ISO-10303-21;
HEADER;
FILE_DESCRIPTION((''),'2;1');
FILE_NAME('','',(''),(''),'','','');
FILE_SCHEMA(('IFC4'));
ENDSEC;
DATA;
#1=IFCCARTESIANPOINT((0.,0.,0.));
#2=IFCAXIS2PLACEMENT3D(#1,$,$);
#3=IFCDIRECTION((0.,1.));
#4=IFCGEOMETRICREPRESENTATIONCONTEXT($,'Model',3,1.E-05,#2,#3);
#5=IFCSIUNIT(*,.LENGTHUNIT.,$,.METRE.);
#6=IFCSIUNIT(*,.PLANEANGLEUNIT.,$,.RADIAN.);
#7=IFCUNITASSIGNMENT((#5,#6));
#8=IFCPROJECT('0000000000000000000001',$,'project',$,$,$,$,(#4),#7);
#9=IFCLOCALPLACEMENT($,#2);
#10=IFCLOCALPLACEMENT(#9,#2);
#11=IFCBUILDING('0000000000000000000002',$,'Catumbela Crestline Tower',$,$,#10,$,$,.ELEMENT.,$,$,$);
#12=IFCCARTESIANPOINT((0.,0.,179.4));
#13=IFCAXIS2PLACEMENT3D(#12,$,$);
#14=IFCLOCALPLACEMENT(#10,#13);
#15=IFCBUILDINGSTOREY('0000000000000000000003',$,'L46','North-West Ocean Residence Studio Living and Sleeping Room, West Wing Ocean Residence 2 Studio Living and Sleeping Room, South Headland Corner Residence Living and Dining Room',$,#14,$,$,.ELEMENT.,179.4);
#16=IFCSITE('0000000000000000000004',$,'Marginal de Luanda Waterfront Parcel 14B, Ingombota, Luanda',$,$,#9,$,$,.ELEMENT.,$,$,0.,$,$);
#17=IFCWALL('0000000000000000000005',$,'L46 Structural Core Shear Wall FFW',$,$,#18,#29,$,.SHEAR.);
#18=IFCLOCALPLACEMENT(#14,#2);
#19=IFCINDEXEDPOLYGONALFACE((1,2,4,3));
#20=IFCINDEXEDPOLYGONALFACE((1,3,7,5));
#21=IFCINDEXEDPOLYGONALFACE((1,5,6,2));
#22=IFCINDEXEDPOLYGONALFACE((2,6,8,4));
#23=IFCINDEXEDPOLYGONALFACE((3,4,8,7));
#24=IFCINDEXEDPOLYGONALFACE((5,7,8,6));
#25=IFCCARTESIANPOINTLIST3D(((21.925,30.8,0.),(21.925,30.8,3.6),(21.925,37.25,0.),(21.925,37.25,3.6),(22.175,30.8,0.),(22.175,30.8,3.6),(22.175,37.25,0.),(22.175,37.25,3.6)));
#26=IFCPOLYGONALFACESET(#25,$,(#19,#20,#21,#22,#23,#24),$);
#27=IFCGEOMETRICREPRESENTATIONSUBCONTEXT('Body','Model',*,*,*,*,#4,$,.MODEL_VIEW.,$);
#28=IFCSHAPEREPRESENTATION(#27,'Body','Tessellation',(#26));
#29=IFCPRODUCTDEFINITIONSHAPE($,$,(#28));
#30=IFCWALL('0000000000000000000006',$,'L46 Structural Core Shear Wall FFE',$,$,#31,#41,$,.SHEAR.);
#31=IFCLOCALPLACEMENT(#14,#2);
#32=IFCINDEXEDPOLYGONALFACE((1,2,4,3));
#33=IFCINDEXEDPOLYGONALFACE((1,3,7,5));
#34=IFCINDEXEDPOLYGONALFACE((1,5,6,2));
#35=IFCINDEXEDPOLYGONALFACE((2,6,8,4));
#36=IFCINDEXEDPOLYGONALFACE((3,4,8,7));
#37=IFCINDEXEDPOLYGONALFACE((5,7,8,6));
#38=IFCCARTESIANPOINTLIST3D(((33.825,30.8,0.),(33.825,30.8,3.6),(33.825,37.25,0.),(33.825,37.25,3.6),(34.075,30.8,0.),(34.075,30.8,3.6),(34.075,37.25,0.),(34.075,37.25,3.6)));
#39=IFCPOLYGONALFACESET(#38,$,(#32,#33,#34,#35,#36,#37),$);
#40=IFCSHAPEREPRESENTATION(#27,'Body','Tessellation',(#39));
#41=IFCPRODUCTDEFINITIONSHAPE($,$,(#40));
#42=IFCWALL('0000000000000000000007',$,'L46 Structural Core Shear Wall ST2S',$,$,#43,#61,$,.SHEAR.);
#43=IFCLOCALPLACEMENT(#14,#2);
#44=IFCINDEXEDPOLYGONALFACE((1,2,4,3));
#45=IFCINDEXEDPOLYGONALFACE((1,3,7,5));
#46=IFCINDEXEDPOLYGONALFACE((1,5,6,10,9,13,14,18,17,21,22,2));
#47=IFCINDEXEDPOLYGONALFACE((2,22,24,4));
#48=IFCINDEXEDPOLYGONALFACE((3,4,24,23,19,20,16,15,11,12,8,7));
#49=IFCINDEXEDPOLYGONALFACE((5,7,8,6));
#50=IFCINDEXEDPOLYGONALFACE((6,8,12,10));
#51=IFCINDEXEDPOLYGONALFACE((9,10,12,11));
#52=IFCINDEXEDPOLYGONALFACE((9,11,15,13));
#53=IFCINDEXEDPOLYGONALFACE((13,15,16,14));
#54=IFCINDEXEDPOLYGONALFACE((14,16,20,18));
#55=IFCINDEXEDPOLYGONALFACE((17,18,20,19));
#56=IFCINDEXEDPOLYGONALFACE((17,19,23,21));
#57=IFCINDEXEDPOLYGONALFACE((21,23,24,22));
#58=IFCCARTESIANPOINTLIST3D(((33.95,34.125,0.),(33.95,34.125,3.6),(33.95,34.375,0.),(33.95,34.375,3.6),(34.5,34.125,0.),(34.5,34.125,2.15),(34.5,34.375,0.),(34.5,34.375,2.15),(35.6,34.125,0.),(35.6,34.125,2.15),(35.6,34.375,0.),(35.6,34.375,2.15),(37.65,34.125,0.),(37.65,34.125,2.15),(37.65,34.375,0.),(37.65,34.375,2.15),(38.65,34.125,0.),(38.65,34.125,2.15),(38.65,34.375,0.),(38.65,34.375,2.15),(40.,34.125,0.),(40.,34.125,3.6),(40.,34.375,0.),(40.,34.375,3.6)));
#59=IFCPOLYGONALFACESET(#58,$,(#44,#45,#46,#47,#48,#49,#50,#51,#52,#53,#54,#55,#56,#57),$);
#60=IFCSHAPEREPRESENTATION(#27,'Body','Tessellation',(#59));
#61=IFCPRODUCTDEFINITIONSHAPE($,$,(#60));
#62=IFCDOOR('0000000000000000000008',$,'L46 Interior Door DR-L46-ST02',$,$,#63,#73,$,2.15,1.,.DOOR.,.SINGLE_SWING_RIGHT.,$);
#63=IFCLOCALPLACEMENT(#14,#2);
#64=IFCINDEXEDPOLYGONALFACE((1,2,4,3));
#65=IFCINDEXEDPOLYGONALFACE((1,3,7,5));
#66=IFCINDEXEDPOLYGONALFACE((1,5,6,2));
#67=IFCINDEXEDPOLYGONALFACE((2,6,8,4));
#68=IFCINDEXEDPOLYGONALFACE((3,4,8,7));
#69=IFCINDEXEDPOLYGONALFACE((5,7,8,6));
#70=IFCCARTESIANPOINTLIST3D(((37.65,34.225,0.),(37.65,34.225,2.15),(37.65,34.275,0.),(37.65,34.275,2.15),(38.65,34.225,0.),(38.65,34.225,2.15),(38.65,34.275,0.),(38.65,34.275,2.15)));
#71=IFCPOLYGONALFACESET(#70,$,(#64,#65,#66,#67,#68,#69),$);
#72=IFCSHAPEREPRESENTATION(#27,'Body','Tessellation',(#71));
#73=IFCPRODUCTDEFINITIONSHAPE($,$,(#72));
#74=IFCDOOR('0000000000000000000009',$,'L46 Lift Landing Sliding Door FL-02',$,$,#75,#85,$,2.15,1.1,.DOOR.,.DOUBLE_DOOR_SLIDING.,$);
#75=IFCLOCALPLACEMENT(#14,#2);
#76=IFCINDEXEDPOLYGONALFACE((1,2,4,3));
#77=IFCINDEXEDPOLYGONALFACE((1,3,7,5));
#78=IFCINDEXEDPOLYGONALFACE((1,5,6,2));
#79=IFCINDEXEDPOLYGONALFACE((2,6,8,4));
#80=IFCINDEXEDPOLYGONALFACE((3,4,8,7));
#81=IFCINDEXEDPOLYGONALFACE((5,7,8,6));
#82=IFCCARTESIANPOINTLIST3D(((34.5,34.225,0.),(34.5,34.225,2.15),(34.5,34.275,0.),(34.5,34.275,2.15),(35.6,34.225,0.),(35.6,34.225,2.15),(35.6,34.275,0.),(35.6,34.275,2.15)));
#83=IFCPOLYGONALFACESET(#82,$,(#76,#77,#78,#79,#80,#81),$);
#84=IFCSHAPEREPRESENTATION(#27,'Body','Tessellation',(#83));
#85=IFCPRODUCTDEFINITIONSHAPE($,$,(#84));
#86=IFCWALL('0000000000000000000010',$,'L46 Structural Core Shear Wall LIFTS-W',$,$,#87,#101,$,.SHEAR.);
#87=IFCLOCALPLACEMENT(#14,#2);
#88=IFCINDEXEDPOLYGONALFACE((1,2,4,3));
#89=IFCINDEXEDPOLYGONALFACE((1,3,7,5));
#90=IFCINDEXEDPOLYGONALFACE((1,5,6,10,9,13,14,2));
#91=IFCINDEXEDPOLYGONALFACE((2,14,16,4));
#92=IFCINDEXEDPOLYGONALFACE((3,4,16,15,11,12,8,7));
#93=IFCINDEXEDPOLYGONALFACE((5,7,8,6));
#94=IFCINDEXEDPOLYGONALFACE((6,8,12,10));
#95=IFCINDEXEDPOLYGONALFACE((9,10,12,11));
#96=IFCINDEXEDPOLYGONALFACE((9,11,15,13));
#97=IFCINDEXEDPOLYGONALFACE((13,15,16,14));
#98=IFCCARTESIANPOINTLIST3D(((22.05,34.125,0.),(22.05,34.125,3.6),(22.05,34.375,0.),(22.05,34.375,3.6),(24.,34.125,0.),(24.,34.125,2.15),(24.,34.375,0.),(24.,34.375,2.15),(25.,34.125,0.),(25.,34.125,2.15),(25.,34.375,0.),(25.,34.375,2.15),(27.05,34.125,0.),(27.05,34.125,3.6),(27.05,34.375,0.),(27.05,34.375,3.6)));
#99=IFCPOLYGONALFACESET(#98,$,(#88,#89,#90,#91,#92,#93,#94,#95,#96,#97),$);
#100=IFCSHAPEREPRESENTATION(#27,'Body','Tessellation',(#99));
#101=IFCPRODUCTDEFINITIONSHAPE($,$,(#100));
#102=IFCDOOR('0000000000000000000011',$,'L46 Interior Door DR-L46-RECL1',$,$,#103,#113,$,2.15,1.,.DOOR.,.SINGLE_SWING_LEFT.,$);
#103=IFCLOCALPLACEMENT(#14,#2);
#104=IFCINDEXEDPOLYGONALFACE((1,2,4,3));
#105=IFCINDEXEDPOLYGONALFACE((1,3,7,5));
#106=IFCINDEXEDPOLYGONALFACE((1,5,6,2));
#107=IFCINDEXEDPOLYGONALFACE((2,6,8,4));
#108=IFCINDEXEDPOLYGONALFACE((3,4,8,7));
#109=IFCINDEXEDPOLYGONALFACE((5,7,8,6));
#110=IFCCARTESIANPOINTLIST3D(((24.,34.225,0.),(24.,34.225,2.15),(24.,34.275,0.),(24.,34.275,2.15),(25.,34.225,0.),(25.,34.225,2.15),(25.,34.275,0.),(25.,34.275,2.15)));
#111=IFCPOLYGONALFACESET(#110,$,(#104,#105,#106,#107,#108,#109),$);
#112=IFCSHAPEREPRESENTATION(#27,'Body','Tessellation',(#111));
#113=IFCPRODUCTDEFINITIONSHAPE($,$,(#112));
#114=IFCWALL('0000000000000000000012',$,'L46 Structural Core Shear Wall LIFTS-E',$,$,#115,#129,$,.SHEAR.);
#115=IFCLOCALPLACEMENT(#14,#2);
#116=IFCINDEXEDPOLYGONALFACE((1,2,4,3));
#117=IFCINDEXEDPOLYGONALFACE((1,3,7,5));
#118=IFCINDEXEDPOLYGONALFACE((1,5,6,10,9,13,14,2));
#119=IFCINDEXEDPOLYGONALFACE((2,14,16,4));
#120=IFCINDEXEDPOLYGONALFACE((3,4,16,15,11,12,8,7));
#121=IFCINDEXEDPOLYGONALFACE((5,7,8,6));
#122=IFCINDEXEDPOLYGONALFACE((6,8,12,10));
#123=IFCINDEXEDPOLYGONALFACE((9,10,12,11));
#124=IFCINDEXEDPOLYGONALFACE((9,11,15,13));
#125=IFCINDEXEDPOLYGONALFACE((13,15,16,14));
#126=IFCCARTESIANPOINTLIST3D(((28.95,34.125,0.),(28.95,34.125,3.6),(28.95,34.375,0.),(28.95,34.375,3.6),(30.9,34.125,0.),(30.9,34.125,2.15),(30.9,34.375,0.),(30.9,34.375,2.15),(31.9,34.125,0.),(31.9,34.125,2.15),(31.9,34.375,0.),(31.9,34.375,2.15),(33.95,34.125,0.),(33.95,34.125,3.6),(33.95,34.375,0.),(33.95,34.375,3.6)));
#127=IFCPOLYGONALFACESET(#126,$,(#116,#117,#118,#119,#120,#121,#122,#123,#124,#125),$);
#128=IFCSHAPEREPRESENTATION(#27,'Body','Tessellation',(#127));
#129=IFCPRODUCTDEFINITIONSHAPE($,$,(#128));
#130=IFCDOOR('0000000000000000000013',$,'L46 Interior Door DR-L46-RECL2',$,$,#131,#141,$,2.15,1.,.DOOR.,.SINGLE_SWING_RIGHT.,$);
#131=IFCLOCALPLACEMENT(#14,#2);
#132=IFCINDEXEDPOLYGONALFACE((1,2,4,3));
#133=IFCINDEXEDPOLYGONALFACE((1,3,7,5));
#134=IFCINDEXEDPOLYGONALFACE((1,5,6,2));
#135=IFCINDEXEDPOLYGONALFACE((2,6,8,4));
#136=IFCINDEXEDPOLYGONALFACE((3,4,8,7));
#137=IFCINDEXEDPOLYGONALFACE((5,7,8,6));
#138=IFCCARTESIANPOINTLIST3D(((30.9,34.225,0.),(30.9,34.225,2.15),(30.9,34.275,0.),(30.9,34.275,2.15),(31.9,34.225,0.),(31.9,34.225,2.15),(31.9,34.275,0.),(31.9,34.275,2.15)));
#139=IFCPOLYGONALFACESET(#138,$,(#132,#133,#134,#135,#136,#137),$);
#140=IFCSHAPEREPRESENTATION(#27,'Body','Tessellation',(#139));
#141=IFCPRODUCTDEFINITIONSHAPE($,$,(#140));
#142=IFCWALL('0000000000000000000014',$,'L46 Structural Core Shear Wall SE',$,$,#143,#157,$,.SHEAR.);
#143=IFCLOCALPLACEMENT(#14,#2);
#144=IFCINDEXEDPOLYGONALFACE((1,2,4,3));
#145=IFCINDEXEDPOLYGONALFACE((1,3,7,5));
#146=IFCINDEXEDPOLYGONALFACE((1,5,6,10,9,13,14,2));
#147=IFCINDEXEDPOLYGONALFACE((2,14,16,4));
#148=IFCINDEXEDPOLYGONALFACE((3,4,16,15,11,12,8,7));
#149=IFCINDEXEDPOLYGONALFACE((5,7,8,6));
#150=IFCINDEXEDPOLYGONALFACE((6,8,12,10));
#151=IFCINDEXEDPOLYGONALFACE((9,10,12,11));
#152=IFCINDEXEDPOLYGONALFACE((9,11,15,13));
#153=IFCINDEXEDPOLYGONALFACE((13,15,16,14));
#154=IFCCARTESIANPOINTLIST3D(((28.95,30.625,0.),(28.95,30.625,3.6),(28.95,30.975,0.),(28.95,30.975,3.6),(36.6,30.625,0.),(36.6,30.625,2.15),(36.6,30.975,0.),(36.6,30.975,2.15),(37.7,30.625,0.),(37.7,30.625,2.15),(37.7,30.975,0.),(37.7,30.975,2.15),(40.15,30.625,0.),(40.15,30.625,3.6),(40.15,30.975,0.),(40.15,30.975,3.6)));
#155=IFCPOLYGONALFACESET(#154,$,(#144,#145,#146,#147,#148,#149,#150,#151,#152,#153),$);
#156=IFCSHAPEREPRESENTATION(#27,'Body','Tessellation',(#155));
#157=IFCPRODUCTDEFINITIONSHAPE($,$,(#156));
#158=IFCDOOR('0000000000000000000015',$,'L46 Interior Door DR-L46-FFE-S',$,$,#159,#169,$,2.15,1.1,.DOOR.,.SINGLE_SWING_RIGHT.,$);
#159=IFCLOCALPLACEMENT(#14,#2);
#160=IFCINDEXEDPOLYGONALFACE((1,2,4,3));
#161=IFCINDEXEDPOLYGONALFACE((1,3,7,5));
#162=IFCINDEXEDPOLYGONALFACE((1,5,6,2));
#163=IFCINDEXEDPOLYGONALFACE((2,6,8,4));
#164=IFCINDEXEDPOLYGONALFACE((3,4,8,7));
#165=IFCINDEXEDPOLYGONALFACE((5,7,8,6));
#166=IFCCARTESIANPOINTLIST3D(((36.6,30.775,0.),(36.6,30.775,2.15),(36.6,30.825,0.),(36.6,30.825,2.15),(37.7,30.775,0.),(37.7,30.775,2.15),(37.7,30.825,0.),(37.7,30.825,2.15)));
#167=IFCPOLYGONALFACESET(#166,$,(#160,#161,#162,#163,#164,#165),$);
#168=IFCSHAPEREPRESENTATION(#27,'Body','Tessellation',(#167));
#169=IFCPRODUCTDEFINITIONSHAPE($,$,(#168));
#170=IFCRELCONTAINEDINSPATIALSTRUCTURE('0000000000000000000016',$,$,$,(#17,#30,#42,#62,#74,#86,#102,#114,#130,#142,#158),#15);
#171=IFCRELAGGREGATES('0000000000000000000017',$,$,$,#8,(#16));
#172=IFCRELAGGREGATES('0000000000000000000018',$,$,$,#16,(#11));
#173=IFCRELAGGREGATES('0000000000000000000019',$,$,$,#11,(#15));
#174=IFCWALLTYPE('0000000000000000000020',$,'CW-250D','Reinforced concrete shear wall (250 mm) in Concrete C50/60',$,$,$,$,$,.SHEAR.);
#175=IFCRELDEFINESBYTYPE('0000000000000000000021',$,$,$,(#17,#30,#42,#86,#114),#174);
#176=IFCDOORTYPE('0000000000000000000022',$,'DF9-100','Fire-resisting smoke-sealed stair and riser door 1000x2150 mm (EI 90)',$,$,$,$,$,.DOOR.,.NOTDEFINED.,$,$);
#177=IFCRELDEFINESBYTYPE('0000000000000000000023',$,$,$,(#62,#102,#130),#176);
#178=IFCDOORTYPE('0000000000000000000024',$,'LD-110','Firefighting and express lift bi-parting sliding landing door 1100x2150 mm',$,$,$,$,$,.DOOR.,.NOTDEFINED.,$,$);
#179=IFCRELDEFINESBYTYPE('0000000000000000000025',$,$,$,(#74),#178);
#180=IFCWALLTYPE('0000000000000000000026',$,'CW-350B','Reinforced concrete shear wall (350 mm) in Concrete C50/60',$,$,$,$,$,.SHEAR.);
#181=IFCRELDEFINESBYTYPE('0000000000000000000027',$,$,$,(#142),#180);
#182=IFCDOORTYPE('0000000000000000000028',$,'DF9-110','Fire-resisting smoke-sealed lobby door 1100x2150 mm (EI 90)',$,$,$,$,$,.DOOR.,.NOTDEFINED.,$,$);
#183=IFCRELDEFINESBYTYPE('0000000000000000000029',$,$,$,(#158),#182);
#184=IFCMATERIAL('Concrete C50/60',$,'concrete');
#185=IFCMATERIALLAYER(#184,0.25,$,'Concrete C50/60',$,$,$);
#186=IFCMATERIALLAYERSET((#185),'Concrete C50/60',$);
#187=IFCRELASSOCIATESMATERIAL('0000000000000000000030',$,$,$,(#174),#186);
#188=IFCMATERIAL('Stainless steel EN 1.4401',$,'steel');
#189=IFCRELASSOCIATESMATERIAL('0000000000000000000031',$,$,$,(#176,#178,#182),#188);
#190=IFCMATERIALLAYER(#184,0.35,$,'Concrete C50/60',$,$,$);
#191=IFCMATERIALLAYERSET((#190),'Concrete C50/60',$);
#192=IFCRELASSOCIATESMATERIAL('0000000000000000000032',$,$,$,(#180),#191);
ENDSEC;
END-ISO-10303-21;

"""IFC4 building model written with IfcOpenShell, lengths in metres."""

from ifc_helpers import new_model, si_unit, direction, frame, frame_2d, origin, place, context, subcontext, project, spatial, rectangle, extrude, material, layer, layer_set, type_object, element, fill, save


model = new_model("IFC4")

# Units and contexts
model_context = context("Model", 3, precision=1e-05, world=origin(), true_north=direction((0.0, 1.0)))
body_context = subcontext(model_context, "Body", "Model", "MODEL_VIEW")
ifc_project = project(units=[si_unit("LENGTHUNIT", "METRE"), si_unit("PLANEANGLEUNIT", "RADIAN")], contexts=[model_context])

# Site, building, storey
site_placement = place(None, origin())
site = spatial("IfcSite", under=ifc_project, at=site_placement, Name="Marginal de Luanda Waterfront Parcel 14B, Ingombota, Luanda", CompositionType="ELEMENT", RefElevation=0.0)
building_placement = place(site_placement, origin())
building = spatial("IfcBuilding", under=site, at=building_placement, Name="Catumbela Crestline Tower", CompositionType="ELEMENT")
storey_placement = place(building_placement, frame((0.0, 0.0, 179.4)))
storey = spatial("IfcBuildingStorey", under=building, at=storey_placement, Name="L46", Description="North-West Ocean Residence Studio Living and Sleeping Room, West Wing Ocean Residence 2 Studio Living and Sleeping Room, South Headland Corner Residence Living and Dining Room", CompositionType="ELEMENT", Elevation=179.4)

# Walls
ifc_material_1 = material(Name="Concrete C50/60", Category="concrete")
ifc_layer_1 = layer(ifc_material_1, 0.25, Name="Concrete C50/60")
ifc_layer_set_1 = layer_set([ifc_layer_1], Name="Concrete C50/60")
wall_type_1 = type_object("IfcWallType", Name="CW-250D", Description="Reinforced concrete shear wall (250 mm) in Concrete C50/60", PredefinedType="SHEAR", material=ifc_layer_set_1)
for number, where, z_axis, x_axis, name in (
    (1, (22.05, 30.8, 0.0), (0.0, 0.0, 1.0), (0.0, 1.0, 0.0), "L46 Structural Core Shear Wall FFW"),
    (2, (33.95, 30.8, 0.0), (0.0, 0.0, 1.0), (0.0, 1.0, 0.0), "L46 Structural Core Shear Wall FFE"),
):
    element("IfcWall", number, at=place(storey_placement, frame(where, z_axis=z_axis, x_axis=x_axis)), inside=storey, type_object=wall_type_1, Name=name, PredefinedType="SHEAR", context=body_context, shape_type="SweptSolid", body=[
        extrude(rectangle(XDim=6.45, YDim=0.25, at=frame_2d((3.225, 0.0))), origin(), (0.0, 0.0, 1.0), 3.6),
    ])

# Wall, openings, doors
wall_1_placement = place(storey_placement, frame((33.95, 34.25, 0.0), z_axis=(0.0, 0.0, 1.0), x_axis=(1.0, 0.0, 0.0)))
wall_1 = element("IfcWall", 3, at=wall_1_placement, inside=storey, type_object=wall_type_1, Name="L46 Structural Core Shear Wall ST2S", PredefinedType="SHEAR", context=body_context, shape_type="SweptSolid", body=[
    extrude(rectangle(XDim=6.05, YDim=0.25, at=frame_2d((3.025, 0.0))), origin(), (0.0, 0.0, 1.0), 3.6),
])
opening_1_placement = place(wall_1_placement, frame((3.7, 0.0, 0.0)))
opening_1 = element("IfcOpeningElement", 4, at=opening_1_placement, cuts=wall_1, PredefinedType="OPENING", context=body_context, shape_type="SweptSolid", body=[
    extrude(rectangle(XDim=1.0, YDim=2.15, at=frame_2d((0.5, 1.075))), frame((0.0, 0.135, 0.0), z_axis=(0.0, -1.0, 0.0), x_axis=(1.0, 0.0, 0.0)), (0.0, 0.0, 1.0), 0.27),
])
opening_2_placement = place(wall_1_placement, frame((0.55, 0.0, 0.0)))
opening_2 = element("IfcOpeningElement", 5, at=opening_2_placement, cuts=wall_1, PredefinedType="OPENING", context=body_context, shape_type="SweptSolid", body=[
    extrude(rectangle(XDim=1.1, YDim=2.15, at=frame_2d((0.55, 1.075))), frame((0.0, 0.135, 0.0), z_axis=(0.0, -1.0, 0.0), x_axis=(1.0, 0.0, 0.0)), (0.0, 0.0, 1.0), 0.27),
])
ifc_material_2 = material(Name="Stainless steel EN 1.4401", Category="steel")
door_type_1 = type_object("IfcDoorType", Name="DF9-100", Description="Fire-resisting smoke-sealed stair and riser door 1000x2150 mm (EI 90)", OperationType="NOTDEFINED", PredefinedType="DOOR", material=ifc_material_2)
door_1_placement = place(opening_1_placement, origin())
door_1 = element("IfcDoor", 6, at=door_1_placement, inside=storey, type_object=door_type_1, Name="L46 Interior Door DR-L46-ST02", OperationType="SINGLE_SWING_RIGHT", OverallHeight=2.15, OverallWidth=1.0, PredefinedType="DOOR", context=body_context, shape_type="SweptSolid", body=[
    extrude(rectangle(XDim=1.0, YDim=2.15, at=frame_2d((0.5, 1.075))), frame((0.0, 0.025, 0.0), z_axis=(0.0, -1.0, 0.0), x_axis=(1.0, 0.0, 0.0)), (0.0, 0.0, 1.0), 0.05),
])
fill(opening_1, door_1)
door_type_2 = type_object("IfcDoorType", Name="LD-110", Description="Firefighting and express lift bi-parting sliding landing door 1100x2150 mm", OperationType="NOTDEFINED", PredefinedType="DOOR", material=ifc_material_2)
door_2_placement = place(opening_2_placement, origin())
door_2 = element("IfcDoor", 7, at=door_2_placement, inside=storey, type_object=door_type_2, Name="L46 Lift Landing Sliding Door FL-02", OperationType="DOUBLE_DOOR_SLIDING", OverallHeight=2.15, OverallWidth=1.1, PredefinedType="DOOR", context=body_context, shape_type="SweptSolid", body=[
    extrude(rectangle(XDim=1.1, YDim=2.15, at=frame_2d((0.55, 1.075))), frame((0.0, 0.025, 0.0), z_axis=(0.0, -1.0, 0.0), x_axis=(1.0, 0.0, 0.0)), (0.0, 0.0, 1.0), 0.05),
])
fill(opening_2, door_2)

# Walls, openings, doors
wall_2_placement = place(storey_placement, frame((22.05, 34.25, 0.0), z_axis=(0.0, 0.0, 1.0), x_axis=(1.0, 0.0, 0.0)))
wall_2 = element("IfcWall", 8, at=wall_2_placement, inside=storey, type_object=wall_type_1, Name="L46 Structural Core Shear Wall LIFTS-W", PredefinedType="SHEAR", context=body_context, shape_type="SweptSolid", body=[
    extrude(rectangle(XDim=5.0, YDim=0.25, at=frame_2d((2.5, 0.0))), origin(), (0.0, 0.0, 1.0), 3.6),
])
opening_3_placement = place(wall_2_placement, frame((1.95, 0.0, 0.0)))
opening_3 = element("IfcOpeningElement", 9, at=opening_3_placement, cuts=wall_2, PredefinedType="OPENING", context=body_context, shape_type="SweptSolid", body=[
    extrude(rectangle(XDim=1.0, YDim=2.15, at=frame_2d((0.5, 1.075))), frame((0.0, 0.135, 0.0), z_axis=(0.0, -1.0, 0.0), x_axis=(1.0, 0.0, 0.0)), (0.0, 0.0, 1.0), 0.27),
])
door_3_placement = place(opening_3_placement, origin())
door_3 = element("IfcDoor", 10, at=door_3_placement, inside=storey, type_object=door_type_1, Name="L46 Interior Door DR-L46-RECL1", OperationType="SINGLE_SWING_LEFT", OverallHeight=2.15, OverallWidth=1.0, PredefinedType="DOOR", context=body_context, shape_type="SweptSolid", body=[
    extrude(rectangle(XDim=1.0, YDim=2.15, at=frame_2d((0.5, 1.075))), frame((0.0, 0.025, 0.0), z_axis=(0.0, -1.0, 0.0), x_axis=(1.0, 0.0, 0.0)), (0.0, 0.0, 1.0), 0.05),
])
fill(opening_3, door_3)
wall_3_placement = place(storey_placement, frame((28.95, 34.25, 0.0), z_axis=(0.0, 0.0, 1.0), x_axis=(1.0, 0.0, 0.0)))
wall_3 = element("IfcWall", 11, at=wall_3_placement, inside=storey, type_object=wall_type_1, Name="L46 Structural Core Shear Wall LIFTS-E", PredefinedType="SHEAR", context=body_context, shape_type="SweptSolid", body=[
    extrude(rectangle(XDim=5.0, YDim=0.25, at=frame_2d((2.5, 0.0))), origin(), (0.0, 0.0, 1.0), 3.6),
])
opening_4_placement = place(wall_3_placement, frame((1.95, 0.0, 0.0)))
opening_4 = element("IfcOpeningElement", 12, at=opening_4_placement, cuts=wall_3, PredefinedType="OPENING", context=body_context, shape_type="SweptSolid", body=[
    extrude(rectangle(XDim=1.0, YDim=2.15, at=frame_2d((0.5, 1.075))), frame((0.0, 0.135, 0.0), z_axis=(0.0, -1.0, 0.0), x_axis=(1.0, 0.0, 0.0)), (0.0, 0.0, 1.0), 0.27),
])
door_4_placement = place(opening_4_placement, origin())
door_4 = element("IfcDoor", 13, at=door_4_placement, inside=storey, type_object=door_type_1, Name="L46 Interior Door DR-L46-RECL2", OperationType="SINGLE_SWING_RIGHT", OverallHeight=2.15, OverallWidth=1.0, PredefinedType="DOOR", context=body_context, shape_type="SweptSolid", body=[
    extrude(rectangle(XDim=1.0, YDim=2.15, at=frame_2d((0.5, 1.075))), frame((0.0, 0.025, 0.0), z_axis=(0.0, -1.0, 0.0), x_axis=(1.0, 0.0, 0.0)), (0.0, 0.0, 1.0), 0.05),
])
fill(opening_4, door_4)
ifc_layer_2 = layer(ifc_material_1, 0.35, Name="Concrete C50/60")
ifc_layer_set_2 = layer_set([ifc_layer_2], Name="Concrete C50/60")
wall_type_2 = type_object("IfcWallType", Name="CW-350B", Description="Reinforced concrete shear wall (350 mm) in Concrete C50/60", PredefinedType="SHEAR", material=ifc_layer_set_2)
wall_4_placement = place(storey_placement, frame((28.95, 30.8, 0.0), z_axis=(0.0, 0.0, 1.0), x_axis=(1.0, 0.0, 0.0)))
wall_4 = element("IfcWall", 14, at=wall_4_placement, inside=storey, type_object=wall_type_2, Name="L46 Structural Core Shear Wall SE", PredefinedType="SHEAR", context=body_context, shape_type="SweptSolid", body=[
    extrude(rectangle(XDim=11.2, YDim=0.35, at=frame_2d((5.6, 0.0))), origin(), (0.0, 0.0, 1.0), 3.6),
])
opening_5_placement = place(wall_4_placement, frame((7.65, 0.0, 0.0)))
opening_5 = element("IfcOpeningElement", 15, at=opening_5_placement, cuts=wall_4, PredefinedType="OPENING", context=body_context, shape_type="SweptSolid", body=[
    extrude(rectangle(XDim=1.1, YDim=2.15, at=frame_2d((0.55, 1.075))), frame((0.0, 0.185, 0.0), z_axis=(0.0, -1.0, 0.0), x_axis=(1.0, 0.0, 0.0)), (0.0, 0.0, 1.0), 0.37),
])
door_type_3 = type_object("IfcDoorType", Name="DF9-110", Description="Fire-resisting smoke-sealed lobby door 1100x2150 mm (EI 90)", OperationType="NOTDEFINED", PredefinedType="DOOR", material=ifc_material_2)
door_5_placement = place(opening_5_placement, origin())
door_5 = element("IfcDoor", 16, at=door_5_placement, inside=storey, type_object=door_type_3, Name="L46 Interior Door DR-L46-FFE-S", OperationType="SINGLE_SWING_RIGHT", OverallHeight=2.15, OverallWidth=1.1, PredefinedType="DOOR", context=body_context, shape_type="SweptSolid", body=[
    extrude(rectangle(XDim=1.1, YDim=2.15, at=frame_2d((0.55, 1.075))), frame((0.0, 0.025, 0.0), z_axis=(0.0, -1.0, 0.0), x_axis=(1.0, 0.0, 0.0)), (0.0, 0.0, 1.0), 0.05),
])
fill(opening_5, door_5)

save(model, "model.ifc")
